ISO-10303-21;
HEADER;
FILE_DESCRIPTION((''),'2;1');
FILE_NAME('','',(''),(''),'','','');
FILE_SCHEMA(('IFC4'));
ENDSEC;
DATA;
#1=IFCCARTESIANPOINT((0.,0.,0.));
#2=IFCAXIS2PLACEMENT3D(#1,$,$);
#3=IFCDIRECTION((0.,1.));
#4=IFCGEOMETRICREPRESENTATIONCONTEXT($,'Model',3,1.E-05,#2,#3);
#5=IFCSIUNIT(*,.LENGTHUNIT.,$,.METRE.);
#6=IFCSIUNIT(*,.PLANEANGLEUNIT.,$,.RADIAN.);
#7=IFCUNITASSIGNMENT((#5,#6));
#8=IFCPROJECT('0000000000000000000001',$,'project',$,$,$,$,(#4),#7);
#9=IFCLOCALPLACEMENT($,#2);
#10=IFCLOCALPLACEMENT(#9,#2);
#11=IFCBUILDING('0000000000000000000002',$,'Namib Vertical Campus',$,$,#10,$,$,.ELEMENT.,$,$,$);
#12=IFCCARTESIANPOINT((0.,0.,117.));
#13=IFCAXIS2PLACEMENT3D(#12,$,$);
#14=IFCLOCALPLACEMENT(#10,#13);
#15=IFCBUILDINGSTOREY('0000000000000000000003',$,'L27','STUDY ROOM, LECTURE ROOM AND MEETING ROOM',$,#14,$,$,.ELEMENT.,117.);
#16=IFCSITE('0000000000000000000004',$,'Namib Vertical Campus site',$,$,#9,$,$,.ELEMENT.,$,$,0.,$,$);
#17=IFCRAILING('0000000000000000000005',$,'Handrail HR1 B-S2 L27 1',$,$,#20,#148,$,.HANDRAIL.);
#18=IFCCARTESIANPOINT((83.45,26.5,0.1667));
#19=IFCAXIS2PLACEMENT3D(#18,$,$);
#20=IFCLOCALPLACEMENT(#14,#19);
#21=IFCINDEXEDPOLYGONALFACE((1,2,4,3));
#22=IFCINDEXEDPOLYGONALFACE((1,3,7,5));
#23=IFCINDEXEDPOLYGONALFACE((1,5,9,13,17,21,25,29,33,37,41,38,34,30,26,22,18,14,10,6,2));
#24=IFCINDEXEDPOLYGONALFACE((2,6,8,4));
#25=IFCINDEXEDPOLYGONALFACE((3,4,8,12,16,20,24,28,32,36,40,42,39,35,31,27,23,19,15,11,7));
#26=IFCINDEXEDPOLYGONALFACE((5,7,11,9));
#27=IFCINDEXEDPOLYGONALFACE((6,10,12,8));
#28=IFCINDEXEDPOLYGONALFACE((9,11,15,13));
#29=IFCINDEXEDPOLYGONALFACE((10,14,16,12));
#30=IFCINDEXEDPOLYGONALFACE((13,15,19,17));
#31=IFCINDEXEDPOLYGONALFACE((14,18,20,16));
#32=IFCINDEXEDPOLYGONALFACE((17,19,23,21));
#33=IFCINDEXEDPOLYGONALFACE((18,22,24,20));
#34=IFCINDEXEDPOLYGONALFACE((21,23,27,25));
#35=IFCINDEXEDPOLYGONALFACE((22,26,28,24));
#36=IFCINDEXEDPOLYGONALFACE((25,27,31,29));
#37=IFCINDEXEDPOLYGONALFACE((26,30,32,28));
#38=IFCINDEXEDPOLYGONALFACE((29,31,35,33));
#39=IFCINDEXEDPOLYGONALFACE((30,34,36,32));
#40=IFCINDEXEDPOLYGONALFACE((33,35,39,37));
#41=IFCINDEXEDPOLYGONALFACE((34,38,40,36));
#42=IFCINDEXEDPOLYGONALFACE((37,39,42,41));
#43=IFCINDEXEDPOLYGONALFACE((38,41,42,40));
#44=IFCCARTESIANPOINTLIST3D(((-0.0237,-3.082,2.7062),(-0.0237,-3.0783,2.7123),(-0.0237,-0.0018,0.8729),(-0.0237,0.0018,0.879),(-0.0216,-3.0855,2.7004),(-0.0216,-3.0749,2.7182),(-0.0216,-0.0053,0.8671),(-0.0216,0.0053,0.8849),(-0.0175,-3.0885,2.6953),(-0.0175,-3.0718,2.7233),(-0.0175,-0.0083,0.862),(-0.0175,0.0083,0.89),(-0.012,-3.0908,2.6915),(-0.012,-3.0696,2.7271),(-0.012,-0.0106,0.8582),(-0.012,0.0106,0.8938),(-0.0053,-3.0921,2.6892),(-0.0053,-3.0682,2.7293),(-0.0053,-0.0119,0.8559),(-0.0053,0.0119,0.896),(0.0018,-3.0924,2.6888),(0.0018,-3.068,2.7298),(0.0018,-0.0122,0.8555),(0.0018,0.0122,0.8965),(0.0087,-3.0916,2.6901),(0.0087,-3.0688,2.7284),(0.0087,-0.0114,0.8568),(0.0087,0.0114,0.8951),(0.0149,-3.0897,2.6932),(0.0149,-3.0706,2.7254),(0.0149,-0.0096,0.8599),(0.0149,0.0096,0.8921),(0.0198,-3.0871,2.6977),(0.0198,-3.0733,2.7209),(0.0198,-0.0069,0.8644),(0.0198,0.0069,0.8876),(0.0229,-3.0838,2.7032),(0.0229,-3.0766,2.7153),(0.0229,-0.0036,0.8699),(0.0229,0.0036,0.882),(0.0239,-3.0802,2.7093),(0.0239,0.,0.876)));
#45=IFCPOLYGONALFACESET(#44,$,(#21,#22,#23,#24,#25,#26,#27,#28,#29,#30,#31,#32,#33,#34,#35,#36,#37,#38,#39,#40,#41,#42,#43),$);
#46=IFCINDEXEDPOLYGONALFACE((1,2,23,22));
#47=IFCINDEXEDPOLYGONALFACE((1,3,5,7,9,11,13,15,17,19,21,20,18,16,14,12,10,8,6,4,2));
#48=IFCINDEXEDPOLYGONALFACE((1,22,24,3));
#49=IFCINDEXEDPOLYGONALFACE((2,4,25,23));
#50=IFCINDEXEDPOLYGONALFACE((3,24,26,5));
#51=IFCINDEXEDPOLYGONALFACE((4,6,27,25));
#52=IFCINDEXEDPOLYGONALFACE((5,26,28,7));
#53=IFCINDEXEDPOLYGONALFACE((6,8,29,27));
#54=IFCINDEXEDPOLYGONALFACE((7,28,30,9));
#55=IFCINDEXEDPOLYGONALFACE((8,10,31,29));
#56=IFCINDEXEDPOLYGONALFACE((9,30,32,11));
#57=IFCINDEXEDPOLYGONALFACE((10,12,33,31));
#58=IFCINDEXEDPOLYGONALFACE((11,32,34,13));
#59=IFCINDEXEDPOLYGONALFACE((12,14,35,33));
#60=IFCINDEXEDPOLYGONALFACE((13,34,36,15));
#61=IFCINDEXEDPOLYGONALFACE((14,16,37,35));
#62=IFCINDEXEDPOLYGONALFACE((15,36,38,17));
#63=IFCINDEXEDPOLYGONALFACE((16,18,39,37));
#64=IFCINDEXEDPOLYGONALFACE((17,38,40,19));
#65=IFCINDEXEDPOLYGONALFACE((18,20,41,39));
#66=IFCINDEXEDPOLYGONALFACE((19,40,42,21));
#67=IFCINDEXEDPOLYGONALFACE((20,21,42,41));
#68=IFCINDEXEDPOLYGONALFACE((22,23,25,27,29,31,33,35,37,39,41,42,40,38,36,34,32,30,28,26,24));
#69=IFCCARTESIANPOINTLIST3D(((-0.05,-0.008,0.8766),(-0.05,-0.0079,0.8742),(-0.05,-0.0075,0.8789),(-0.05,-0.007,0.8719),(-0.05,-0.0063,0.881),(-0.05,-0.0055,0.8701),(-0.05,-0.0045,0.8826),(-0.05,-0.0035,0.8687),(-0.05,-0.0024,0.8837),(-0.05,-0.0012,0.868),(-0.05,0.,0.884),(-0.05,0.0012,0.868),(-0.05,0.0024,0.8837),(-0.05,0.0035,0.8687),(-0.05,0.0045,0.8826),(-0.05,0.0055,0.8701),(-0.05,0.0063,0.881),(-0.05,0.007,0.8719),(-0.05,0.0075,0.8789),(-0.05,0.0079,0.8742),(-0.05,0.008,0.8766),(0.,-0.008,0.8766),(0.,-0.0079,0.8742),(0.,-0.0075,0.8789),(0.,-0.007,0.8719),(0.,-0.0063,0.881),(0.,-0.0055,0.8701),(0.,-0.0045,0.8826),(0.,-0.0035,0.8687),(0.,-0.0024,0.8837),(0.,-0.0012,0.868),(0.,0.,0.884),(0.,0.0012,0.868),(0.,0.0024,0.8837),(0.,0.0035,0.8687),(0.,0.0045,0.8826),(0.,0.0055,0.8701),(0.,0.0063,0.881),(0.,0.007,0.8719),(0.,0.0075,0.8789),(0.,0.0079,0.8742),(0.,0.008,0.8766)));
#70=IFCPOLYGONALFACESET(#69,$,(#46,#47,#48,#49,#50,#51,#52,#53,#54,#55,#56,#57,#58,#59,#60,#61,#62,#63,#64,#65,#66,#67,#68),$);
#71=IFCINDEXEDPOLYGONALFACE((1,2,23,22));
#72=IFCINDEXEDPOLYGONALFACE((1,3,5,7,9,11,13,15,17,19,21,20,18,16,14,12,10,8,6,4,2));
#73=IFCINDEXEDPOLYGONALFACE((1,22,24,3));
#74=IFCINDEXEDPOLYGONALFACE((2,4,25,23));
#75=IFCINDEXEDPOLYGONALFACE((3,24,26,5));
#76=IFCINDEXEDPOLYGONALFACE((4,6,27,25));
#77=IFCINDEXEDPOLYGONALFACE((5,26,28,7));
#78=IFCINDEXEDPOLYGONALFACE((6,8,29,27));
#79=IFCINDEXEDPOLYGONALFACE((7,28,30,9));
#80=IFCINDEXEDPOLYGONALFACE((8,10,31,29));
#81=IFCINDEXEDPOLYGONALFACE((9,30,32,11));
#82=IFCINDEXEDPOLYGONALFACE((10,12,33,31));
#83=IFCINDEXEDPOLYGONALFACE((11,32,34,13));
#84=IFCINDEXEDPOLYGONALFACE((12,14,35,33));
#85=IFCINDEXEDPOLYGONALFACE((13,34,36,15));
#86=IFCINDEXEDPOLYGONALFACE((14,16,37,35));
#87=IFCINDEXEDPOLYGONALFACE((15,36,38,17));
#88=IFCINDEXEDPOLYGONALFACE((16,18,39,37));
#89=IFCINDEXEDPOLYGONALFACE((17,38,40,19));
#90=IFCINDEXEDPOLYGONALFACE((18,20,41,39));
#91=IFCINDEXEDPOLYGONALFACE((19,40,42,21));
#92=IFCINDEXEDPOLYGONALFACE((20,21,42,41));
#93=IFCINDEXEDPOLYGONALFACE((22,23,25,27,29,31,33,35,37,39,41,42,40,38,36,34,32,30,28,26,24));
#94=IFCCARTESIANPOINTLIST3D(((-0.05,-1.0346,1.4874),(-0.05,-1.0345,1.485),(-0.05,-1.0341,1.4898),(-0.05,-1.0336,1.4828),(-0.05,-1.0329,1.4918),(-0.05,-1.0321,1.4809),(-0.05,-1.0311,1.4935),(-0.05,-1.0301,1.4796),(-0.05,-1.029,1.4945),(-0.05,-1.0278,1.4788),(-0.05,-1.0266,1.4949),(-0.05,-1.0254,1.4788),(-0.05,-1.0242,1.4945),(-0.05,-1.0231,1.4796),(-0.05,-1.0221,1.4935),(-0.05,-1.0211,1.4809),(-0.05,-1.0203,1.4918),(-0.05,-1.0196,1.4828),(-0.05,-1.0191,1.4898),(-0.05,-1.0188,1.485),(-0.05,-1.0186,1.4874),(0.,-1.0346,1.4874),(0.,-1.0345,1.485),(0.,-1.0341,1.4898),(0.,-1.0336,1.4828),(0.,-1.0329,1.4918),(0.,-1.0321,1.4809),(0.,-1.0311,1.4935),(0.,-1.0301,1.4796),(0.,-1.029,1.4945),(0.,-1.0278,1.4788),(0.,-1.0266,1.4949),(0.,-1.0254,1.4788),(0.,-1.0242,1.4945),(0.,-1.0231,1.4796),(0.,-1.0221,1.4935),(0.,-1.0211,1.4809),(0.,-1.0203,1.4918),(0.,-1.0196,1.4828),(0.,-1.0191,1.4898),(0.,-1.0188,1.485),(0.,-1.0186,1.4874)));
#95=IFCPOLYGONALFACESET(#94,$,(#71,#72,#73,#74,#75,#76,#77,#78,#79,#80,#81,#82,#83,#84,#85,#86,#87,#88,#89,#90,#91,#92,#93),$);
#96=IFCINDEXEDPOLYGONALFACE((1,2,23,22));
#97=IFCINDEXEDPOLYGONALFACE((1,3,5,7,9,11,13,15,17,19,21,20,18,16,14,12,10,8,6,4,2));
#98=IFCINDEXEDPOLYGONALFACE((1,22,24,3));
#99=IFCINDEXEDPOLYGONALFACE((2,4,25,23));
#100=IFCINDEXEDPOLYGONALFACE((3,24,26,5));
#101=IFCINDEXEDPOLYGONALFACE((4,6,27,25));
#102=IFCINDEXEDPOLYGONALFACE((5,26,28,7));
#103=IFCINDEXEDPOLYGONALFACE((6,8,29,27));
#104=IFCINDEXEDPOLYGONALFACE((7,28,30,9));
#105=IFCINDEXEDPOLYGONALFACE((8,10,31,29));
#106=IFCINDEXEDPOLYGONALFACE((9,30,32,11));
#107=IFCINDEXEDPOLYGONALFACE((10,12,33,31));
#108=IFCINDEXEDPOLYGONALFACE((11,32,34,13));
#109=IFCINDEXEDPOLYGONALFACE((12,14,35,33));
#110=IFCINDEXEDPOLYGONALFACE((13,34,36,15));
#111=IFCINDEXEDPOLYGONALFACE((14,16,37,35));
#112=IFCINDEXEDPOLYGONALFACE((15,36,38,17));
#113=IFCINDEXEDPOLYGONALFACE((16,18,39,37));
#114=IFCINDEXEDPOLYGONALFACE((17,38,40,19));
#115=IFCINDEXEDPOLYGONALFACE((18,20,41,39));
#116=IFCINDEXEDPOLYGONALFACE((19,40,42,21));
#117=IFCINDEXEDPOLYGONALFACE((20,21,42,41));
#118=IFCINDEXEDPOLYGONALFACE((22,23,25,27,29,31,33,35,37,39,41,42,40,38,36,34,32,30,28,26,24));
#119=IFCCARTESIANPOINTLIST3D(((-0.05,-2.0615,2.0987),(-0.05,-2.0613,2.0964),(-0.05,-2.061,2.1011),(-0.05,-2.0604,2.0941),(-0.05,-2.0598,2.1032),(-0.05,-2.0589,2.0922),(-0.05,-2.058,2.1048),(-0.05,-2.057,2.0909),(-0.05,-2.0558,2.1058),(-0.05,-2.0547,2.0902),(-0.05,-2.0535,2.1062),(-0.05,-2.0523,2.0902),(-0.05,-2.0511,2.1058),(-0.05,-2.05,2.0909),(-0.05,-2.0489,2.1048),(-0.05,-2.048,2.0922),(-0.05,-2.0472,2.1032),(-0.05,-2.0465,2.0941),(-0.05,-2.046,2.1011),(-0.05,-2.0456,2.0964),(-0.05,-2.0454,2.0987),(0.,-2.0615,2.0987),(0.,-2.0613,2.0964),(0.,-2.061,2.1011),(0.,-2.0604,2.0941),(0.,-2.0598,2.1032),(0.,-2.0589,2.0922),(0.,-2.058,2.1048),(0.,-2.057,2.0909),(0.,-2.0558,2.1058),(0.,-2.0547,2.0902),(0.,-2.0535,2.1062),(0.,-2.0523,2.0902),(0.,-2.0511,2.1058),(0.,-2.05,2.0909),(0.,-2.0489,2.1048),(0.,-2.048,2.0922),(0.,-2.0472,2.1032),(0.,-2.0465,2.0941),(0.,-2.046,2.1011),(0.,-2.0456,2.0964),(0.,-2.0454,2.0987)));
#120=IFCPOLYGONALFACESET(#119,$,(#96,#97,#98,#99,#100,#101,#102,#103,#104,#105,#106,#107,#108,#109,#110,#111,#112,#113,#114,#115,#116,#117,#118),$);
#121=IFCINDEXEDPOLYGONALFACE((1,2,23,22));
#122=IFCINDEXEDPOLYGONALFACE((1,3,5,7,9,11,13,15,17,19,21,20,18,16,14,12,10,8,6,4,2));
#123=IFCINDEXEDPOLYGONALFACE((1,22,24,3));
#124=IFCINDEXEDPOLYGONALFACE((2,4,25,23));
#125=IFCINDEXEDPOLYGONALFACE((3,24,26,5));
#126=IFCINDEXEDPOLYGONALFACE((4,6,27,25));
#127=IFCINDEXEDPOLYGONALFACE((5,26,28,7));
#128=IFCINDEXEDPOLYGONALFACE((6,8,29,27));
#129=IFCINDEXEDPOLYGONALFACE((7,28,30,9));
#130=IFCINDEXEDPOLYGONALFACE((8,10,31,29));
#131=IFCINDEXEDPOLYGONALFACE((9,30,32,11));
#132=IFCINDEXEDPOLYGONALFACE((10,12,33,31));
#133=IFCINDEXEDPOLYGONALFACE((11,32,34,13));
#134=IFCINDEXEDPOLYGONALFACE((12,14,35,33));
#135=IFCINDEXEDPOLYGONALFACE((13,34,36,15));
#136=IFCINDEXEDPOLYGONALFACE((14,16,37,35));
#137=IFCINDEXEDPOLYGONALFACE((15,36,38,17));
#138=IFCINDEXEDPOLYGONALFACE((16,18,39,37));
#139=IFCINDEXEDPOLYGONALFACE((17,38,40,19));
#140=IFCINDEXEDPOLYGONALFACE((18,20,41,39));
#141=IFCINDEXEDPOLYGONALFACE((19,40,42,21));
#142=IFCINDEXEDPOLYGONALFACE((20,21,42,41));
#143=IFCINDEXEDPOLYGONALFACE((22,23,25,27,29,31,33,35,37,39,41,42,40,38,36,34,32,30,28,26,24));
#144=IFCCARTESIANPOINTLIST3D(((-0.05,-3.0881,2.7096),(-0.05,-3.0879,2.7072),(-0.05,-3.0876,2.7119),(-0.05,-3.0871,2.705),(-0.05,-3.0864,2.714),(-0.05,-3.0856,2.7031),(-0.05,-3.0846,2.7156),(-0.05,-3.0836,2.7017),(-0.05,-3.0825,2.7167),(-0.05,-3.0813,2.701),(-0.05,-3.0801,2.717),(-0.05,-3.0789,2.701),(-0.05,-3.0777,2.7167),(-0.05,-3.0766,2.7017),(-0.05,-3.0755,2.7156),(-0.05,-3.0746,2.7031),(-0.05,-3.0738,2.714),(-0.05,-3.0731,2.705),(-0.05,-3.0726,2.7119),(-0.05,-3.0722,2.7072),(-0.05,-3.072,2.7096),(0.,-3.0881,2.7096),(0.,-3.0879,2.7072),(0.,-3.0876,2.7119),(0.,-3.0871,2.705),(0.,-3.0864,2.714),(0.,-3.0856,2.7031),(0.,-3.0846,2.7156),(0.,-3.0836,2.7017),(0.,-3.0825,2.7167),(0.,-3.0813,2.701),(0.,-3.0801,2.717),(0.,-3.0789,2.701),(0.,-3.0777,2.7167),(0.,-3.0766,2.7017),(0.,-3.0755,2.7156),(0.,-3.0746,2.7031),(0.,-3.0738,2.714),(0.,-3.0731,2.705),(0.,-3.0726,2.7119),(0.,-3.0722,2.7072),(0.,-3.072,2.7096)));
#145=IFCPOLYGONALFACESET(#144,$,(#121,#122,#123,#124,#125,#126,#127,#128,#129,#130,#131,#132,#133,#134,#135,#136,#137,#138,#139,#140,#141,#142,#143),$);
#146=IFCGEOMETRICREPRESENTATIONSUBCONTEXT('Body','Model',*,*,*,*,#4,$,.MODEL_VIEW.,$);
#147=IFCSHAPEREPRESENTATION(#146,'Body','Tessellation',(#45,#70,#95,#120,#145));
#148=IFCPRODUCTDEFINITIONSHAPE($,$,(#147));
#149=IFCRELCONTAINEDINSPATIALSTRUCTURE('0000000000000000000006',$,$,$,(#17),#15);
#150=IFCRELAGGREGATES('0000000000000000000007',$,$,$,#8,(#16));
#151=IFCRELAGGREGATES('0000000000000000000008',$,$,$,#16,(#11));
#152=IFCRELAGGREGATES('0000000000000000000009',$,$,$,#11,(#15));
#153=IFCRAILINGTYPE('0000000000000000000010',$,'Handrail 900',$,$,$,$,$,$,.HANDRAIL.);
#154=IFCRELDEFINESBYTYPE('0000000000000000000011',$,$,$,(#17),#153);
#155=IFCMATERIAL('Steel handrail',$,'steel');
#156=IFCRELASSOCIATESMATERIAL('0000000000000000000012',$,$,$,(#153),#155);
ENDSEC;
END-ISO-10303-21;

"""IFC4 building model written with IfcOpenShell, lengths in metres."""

from ifc_helpers import new_model, si_unit, direction, frame, origin, origin_2d, place, context, subcontext, project, spatial, circle, extrude, material, type_object, element, save


model = new_model("IFC4")

# Units and contexts
model_context = context("Model", 3, precision=1e-05, world=origin(), true_north=direction((0.0, 1.0)))
body_context = subcontext(model_context, "Body", "Model", "MODEL_VIEW")
ifc_project = project(units=[si_unit("LENGTHUNIT", "METRE"), si_unit("PLANEANGLEUNIT", "RADIAN")], contexts=[model_context])

# Site, building, storey
site_placement = place(None, origin())
site = spatial("IfcSite", under=ifc_project, at=site_placement, Name="Namib Vertical Campus site", CompositionType="ELEMENT", RefElevation=0.0)
building_placement = place(site_placement, origin())
building = spatial("IfcBuilding", under=site, at=building_placement, Name="Namib Vertical Campus", CompositionType="ELEMENT")
storey_placement = place(building_placement, frame((0.0, 0.0, 117.0)))
storey = spatial("IfcBuildingStorey", under=building, at=storey_placement, Name="L27", Description="STUDY ROOM, LECTURE ROOM AND MEETING ROOM", CompositionType="ELEMENT", Elevation=117.0)

# Railing
ifc_material_1 = material(Name="Steel handrail", Category="steel")
railing_type_1 = type_object("IfcRailingType", Name="Handrail 900", PredefinedType="HANDRAIL", material=ifc_material_1)
railing_1_placement = place(storey_placement, frame((83.45, 26.5, 0.1667)))
element("IfcRailing", 1, at=railing_1_placement, inside=storey, type_object=railing_type_1, Name="Handrail HR1 B-S2 L27 1", PredefinedType="HANDRAIL", context=body_context, shape_type="SweptSolid", body=[
    extrude(circle(Radius=0.0239, at=origin_2d()), frame((0.0, 0.0, 0.876), z_axis=(0.0, -0.859309, 0.511458), x_axis=(1.0, 0.0, 0.0)), (0.0, 0.0, 1.0), 3.5845),
    extrude(circle(Radius=0.0081, at=origin_2d()), frame((0.0, 0.0, 0.876), z_axis=(-1.0, 0.0, 0.0), x_axis=(0.0, 0.0, 1.0)), (0.0, 0.0, 1.0), 0.05),
    extrude(circle(Radius=0.0081, at=origin_2d()), frame((0.0, -1.0266, 1.4868), z_axis=(-1.0, 0.0, 0.0), x_axis=(0.0, 0.0, 1.0)), (0.0, 0.0, 1.0), 0.05),
    extrude(circle(Radius=0.0081, at=origin_2d()), frame((0.0, -2.0535, 2.0981), z_axis=(-1.0, 0.0, 0.0), x_axis=(0.0, 0.0, 1.0)), (0.0, 0.0, 1.0), 0.05),
    extrude(circle(Radius=0.0081, at=origin_2d()), frame((0.0, -3.0801, 2.709), z_axis=(-1.0, 0.0, 0.0), x_axis=(0.0, 0.0, 1.0)), (0.0, 0.0, 1.0), 0.05),
])

save(model, "model.ifc")
